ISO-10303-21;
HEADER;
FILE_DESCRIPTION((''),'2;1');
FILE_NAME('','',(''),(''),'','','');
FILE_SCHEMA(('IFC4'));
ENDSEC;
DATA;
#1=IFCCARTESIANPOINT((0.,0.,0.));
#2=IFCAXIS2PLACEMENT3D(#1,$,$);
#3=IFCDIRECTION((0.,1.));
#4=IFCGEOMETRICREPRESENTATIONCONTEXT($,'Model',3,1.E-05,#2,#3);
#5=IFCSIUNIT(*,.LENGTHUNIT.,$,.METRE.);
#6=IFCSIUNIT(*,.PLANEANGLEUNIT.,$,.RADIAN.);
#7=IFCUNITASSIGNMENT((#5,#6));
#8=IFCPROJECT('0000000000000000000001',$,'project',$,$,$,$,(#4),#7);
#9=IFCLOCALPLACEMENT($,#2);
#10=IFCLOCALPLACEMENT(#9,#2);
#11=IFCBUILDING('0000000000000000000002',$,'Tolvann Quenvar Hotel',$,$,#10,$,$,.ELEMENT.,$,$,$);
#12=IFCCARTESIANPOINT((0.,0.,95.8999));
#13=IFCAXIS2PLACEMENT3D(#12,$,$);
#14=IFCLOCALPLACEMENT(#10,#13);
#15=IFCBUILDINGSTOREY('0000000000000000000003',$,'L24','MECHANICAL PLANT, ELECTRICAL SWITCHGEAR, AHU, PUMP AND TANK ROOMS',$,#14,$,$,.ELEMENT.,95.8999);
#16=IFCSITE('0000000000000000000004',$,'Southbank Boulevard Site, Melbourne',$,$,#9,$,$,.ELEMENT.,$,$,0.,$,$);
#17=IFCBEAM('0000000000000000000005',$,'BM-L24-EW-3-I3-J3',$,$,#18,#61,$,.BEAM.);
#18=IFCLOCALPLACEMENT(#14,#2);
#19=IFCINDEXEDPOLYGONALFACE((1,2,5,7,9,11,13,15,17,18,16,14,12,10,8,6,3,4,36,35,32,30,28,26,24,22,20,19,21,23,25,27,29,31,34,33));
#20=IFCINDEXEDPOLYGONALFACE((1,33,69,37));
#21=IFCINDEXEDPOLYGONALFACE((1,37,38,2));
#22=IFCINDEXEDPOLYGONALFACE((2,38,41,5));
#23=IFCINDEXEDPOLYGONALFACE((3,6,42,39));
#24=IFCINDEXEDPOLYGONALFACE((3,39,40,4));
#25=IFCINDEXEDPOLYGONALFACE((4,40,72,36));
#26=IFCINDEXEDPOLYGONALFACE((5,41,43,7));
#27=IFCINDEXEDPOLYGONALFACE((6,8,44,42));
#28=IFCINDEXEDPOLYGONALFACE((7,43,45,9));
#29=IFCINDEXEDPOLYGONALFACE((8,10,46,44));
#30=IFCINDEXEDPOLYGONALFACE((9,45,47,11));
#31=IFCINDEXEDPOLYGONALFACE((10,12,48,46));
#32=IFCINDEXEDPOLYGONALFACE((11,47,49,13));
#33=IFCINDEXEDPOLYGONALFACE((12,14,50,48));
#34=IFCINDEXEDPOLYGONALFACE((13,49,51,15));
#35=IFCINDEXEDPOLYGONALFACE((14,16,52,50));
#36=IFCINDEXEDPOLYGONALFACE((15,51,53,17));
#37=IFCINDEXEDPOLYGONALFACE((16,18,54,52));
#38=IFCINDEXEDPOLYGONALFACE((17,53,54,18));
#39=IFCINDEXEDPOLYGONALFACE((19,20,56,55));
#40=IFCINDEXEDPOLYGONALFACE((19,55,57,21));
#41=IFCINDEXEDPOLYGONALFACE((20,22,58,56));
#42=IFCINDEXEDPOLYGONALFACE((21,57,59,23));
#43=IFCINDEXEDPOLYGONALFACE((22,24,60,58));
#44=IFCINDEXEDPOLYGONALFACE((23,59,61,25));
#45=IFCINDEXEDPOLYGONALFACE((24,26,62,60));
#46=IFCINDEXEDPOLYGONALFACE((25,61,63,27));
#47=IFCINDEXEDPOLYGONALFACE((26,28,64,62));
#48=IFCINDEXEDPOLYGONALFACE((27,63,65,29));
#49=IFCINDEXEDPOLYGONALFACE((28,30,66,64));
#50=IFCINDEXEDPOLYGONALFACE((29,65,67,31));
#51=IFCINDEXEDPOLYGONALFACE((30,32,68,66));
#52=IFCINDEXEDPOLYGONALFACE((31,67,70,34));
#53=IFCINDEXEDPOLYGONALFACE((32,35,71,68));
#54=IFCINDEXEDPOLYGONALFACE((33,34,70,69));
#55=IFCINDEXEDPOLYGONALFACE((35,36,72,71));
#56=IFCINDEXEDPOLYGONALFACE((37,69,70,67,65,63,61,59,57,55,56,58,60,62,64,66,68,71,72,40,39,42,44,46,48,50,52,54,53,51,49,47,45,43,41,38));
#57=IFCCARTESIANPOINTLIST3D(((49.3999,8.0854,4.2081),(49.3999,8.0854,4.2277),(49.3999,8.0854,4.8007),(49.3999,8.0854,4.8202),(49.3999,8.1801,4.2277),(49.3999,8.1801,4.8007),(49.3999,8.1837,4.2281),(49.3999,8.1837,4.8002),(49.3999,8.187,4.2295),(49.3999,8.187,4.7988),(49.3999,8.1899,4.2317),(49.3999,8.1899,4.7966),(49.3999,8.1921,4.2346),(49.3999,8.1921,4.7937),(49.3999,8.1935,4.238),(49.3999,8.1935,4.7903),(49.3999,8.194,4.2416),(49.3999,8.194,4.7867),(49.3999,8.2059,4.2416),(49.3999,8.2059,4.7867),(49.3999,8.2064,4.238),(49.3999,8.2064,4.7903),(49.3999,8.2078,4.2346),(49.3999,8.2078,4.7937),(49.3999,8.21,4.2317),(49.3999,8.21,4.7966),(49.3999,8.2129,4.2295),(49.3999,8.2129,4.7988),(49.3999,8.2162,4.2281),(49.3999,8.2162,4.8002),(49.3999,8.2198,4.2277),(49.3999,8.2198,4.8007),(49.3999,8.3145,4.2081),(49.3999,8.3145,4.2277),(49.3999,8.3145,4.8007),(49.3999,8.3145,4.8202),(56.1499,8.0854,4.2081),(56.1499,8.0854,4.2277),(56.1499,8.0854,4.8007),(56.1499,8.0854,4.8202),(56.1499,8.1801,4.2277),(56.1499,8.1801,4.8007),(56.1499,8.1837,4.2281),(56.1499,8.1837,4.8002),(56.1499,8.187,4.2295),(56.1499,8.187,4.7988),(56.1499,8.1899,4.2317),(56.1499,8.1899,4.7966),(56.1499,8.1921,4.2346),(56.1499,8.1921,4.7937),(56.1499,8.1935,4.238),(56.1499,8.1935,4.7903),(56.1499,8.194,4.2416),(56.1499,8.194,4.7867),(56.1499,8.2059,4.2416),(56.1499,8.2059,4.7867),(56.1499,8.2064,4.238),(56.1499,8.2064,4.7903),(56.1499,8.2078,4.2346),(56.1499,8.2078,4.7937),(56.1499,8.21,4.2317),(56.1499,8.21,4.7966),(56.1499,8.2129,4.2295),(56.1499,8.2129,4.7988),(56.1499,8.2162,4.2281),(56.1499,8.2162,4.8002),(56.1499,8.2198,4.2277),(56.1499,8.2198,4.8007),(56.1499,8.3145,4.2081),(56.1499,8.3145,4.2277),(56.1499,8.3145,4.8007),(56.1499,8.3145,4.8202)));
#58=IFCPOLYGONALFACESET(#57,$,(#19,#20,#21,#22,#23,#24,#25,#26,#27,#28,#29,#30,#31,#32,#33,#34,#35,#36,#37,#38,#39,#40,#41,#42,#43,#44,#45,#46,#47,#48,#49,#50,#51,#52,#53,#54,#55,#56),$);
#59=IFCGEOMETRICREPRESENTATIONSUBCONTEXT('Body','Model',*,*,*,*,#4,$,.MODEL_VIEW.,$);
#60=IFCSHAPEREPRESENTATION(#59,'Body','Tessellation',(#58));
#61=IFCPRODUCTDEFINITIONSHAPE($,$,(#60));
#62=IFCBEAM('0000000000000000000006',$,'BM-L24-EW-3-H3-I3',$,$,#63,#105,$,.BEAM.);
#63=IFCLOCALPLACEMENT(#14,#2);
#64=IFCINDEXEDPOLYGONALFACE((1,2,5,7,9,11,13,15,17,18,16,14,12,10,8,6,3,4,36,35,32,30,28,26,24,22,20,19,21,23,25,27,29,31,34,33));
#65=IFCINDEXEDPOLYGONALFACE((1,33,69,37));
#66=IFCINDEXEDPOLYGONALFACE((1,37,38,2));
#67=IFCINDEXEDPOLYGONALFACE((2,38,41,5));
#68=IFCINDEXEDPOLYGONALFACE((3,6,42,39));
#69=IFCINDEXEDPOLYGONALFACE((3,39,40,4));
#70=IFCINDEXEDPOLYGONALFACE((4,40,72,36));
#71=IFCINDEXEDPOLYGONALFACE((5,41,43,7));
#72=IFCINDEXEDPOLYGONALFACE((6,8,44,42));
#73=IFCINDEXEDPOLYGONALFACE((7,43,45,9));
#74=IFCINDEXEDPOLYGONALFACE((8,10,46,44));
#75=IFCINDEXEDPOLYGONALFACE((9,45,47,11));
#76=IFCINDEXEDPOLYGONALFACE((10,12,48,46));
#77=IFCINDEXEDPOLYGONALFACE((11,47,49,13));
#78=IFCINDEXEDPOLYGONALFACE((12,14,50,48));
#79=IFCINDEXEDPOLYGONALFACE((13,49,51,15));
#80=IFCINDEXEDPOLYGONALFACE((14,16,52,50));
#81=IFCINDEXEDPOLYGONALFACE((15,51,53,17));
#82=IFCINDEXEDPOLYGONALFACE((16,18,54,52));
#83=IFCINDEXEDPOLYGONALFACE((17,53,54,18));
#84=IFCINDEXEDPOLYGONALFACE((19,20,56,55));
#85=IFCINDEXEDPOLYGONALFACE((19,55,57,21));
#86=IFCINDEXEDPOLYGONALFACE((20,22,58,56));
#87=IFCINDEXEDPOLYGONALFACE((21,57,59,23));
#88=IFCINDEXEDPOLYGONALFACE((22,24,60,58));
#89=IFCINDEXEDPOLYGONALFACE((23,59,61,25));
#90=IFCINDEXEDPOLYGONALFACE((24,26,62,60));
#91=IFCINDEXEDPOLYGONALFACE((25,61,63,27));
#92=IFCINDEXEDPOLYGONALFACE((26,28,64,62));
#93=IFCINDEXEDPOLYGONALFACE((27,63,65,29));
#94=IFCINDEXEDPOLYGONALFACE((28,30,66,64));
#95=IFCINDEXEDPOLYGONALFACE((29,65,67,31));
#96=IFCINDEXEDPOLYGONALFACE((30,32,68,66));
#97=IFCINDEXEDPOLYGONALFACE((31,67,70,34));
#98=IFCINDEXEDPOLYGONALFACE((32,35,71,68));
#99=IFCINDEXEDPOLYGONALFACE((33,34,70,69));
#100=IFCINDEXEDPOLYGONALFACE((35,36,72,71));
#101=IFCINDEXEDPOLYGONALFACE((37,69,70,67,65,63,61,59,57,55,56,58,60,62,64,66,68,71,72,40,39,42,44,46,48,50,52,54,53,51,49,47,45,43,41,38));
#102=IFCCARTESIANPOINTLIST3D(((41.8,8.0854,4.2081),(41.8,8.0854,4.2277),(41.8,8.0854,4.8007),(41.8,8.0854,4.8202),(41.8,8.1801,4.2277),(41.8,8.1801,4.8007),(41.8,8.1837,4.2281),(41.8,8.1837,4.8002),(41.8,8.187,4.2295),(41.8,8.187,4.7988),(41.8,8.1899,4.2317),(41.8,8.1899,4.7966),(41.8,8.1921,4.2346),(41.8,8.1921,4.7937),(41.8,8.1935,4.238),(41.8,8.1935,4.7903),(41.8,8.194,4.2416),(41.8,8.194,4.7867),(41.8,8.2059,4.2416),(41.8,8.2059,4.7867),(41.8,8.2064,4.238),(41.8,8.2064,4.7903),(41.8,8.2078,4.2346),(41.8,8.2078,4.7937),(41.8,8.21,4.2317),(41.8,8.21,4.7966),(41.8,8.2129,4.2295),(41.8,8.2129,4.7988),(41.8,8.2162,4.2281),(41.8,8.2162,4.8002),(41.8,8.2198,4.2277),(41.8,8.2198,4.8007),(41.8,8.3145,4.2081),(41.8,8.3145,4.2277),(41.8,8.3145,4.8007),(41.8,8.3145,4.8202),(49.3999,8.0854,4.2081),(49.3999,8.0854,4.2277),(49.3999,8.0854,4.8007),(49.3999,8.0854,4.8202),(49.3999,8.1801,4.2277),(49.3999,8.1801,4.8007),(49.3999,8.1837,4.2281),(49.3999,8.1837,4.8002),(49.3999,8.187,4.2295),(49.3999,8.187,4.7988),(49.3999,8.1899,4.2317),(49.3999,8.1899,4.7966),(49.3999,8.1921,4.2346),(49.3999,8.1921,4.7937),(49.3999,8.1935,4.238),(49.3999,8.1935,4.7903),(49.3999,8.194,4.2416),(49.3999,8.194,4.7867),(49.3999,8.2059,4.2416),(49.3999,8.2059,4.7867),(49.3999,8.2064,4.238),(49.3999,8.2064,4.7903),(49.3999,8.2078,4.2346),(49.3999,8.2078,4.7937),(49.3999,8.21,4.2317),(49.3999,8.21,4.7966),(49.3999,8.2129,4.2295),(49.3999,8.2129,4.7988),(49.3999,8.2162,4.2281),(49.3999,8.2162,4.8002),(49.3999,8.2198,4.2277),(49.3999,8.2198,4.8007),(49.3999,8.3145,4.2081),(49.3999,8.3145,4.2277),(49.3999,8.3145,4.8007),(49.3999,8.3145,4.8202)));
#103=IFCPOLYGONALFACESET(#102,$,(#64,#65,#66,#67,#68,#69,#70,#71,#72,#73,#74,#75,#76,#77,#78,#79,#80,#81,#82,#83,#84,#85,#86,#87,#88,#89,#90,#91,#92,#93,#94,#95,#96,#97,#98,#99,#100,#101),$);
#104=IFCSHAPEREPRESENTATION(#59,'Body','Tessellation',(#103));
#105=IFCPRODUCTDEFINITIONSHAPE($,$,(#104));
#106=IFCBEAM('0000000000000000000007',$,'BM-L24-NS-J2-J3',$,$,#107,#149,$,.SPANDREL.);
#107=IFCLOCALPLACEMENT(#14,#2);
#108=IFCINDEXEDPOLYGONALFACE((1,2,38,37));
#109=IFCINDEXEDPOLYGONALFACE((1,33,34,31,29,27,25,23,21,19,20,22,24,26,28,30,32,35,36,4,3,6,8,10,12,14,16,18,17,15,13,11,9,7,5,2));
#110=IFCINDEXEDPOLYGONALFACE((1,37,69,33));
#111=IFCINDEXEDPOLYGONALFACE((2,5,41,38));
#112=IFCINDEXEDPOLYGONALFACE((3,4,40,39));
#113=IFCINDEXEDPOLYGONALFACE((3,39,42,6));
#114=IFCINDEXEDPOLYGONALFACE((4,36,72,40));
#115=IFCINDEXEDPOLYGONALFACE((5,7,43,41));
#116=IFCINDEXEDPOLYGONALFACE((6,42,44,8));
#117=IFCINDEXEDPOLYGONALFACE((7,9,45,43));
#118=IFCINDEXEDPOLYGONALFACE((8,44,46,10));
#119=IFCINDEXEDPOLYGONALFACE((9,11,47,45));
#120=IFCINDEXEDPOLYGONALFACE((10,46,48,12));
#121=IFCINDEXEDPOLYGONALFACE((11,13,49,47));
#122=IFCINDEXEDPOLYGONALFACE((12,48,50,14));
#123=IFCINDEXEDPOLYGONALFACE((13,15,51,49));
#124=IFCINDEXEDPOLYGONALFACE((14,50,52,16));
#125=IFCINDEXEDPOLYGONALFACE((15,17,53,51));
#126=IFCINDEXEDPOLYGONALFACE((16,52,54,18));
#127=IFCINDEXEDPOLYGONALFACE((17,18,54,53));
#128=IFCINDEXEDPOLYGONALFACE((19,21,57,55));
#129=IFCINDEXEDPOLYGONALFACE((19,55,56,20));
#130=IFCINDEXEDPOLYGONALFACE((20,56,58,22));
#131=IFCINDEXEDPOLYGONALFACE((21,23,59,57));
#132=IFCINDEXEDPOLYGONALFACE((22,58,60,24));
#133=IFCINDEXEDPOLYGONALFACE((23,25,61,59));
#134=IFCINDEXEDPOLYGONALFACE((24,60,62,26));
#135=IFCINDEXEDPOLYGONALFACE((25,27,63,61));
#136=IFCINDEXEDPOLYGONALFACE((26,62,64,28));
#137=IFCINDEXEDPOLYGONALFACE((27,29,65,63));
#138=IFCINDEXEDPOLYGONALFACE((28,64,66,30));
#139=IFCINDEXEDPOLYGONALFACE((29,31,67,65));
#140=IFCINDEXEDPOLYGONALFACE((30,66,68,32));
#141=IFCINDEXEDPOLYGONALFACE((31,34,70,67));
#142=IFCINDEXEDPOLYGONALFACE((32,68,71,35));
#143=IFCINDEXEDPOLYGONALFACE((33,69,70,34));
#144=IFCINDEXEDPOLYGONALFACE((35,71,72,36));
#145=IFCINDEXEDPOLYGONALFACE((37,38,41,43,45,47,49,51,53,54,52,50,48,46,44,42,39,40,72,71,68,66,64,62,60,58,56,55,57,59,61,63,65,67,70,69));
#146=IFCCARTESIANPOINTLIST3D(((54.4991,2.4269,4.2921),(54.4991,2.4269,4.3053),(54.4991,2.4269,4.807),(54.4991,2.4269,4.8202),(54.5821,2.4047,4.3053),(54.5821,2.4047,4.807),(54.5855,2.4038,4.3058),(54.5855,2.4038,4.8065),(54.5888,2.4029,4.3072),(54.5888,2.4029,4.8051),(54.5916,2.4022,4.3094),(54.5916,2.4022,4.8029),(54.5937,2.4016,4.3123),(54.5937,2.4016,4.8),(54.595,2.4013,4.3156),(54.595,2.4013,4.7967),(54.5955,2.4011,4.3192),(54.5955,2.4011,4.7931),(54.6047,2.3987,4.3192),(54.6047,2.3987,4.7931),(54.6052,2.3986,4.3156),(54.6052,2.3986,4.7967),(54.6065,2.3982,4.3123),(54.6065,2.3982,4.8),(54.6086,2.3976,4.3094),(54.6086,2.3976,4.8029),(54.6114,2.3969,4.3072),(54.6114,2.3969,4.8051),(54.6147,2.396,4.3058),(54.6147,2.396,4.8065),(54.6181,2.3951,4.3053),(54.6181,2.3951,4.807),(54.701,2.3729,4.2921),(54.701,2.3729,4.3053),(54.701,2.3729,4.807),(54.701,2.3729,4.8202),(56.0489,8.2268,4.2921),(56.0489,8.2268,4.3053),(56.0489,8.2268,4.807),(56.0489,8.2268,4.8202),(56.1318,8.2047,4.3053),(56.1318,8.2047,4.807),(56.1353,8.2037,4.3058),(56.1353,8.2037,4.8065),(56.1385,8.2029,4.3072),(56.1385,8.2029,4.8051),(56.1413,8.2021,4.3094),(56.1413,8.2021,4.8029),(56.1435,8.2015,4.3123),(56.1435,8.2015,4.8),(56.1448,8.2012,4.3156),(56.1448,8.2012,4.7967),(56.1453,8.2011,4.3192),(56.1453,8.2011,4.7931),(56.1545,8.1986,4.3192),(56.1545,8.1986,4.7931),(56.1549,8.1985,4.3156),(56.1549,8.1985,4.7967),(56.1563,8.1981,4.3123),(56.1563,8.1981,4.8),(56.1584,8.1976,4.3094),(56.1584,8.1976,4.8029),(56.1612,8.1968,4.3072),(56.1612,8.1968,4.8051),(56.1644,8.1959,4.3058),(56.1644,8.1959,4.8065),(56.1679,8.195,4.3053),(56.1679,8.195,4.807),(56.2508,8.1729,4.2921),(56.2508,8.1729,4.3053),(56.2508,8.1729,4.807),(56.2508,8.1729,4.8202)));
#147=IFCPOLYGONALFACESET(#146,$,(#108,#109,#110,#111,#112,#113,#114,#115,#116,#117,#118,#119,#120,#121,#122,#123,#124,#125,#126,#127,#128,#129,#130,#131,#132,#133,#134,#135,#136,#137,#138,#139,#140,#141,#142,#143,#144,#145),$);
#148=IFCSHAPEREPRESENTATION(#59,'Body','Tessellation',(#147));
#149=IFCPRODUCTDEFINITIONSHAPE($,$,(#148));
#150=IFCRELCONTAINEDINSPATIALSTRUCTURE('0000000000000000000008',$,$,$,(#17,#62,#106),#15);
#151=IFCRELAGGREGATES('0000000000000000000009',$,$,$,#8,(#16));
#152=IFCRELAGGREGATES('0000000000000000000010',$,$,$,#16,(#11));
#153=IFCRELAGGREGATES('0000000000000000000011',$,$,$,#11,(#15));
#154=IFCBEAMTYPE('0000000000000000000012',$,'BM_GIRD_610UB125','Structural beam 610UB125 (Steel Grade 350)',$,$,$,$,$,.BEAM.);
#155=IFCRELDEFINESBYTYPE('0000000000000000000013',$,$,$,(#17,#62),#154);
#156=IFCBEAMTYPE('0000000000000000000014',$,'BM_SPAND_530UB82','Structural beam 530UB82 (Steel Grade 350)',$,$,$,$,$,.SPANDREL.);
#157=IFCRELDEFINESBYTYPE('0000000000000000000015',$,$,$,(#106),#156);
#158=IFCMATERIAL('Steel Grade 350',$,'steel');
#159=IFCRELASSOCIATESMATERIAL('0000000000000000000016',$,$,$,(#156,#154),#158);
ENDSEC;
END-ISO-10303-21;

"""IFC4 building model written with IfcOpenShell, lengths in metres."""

from ifc_helpers import new_model, si_unit, direction, frame, origin, origin_2d, place, context, subcontext, project, spatial, i_section, extrude, source, transform, mapped, material, material_profile, profile_set, type_object, type_shapes, element, save


model = new_model("IFC4")

# Units and contexts
model_context = context("Model", 3, precision=1e-05, world=origin(), true_north=direction((0.0, 1.0)))
body_context = subcontext(model_context, "Body", "Model", "MODEL_VIEW")
ifc_project = project(units=[si_unit("LENGTHUNIT", "METRE"), si_unit("PLANEANGLEUNIT", "RADIAN")], contexts=[model_context])

# Site, building, storey
site_placement = place(None, origin())
site = spatial("IfcSite", under=ifc_project, at=site_placement, Name="Southbank Boulevard Site, Melbourne", CompositionType="ELEMENT", RefElevation=0.0)
building_placement = place(site_placement, origin())
building = spatial("IfcBuilding", under=site, at=building_placement, Name="Tolvann Quenvar Hotel", CompositionType="ELEMENT")
storey_placement = place(building_placement, frame((0.0, 0.0, 95.8999)))
storey = spatial("IfcBuildingStorey", under=building, at=storey_placement, Name="L24", Description="MECHANICAL PLANT, ELECTRICAL SWITCHGEAR, AHU, PUMP AND TANK ROOMS", CompositionType="ELEMENT", Elevation=95.8999)

# Shared definitions
ifc_material_1 = material(Name="Steel Grade 350", Category="steel")

# Beams
ifc_material_profile_1 = material_profile(ifc_material_1, i_section(OverallWidth=0.209, OverallDepth=0.5281, WebThickness=0.0095, FlangeThickness=0.0132, FilletRadius=0.0139, at=origin_2d()), Name="530UB82")
ifc_profile_set_1 = profile_set([ifc_material_profile_1], Name="Steel Grade 350")
beam_type_1 = type_object("IfcBeamType", Name="BM_SPAND_530UB82", Description="Structural beam 530UB82 (Steel Grade 350)", PredefinedType="SPANDREL", material=ifc_profile_set_1)
ifc_material_profile_2 = material_profile(ifc_material_1, i_section(OverallWidth=0.229, OverallDepth=0.6121, WebThickness=0.012, FlangeThickness=0.0195, FilletRadius=0.0139, at=origin_2d()), Name="610UB125")
ifc_profile_set_2 = profile_set([ifc_material_profile_2], Name="Steel Grade 350")
beam_type_2 = type_object("IfcBeamType", Name="BM_GIRD_610UB125", Description="Structural beam 610UB125 (Steel Grade 350)", PredefinedType="BEAM", material=ifc_profile_set_2)
shared_shape_1 = source(origin(), body_context, "Body", "SweptSolid", [
    extrude(i_section(OverallWidth=0.229, OverallDepth=0.6121, WebThickness=0.012, FlangeThickness=0.0195, FilletRadius=0.0139, at=origin_2d()), origin(), (0.0, 0.0, 1.0), 6.75),
])
beam_1_placement = place(storey_placement, frame((49.3999, 8.2, 4.5142), z_axis=(1.0, 0.0, 0.0), x_axis=(0.0, 1.0, 0.0)))
element("IfcBeam", 1, at=beam_1_placement, inside=storey, type_object=beam_type_2, Name="BM-L24-EW-3-I3-J3", PredefinedType="BEAM", context=body_context, shape_type="MappedRepresentation", body=[
    mapped(shared_shape_1, transform((0.0, 0.0, 0.0), x_axis=(1.0, 0.0, 0.0), y_axis=(0.0, 1.0, 0.0), z_axis=(0.0, 0.0, 1.0), scale=1.0)),
])
shared_shape_2 = source(origin(), body_context, "Body", "SweptSolid", [
    extrude(i_section(OverallWidth=0.229, OverallDepth=0.6121, WebThickness=0.012, FlangeThickness=0.0195, FilletRadius=0.0139, at=origin_2d()), origin(), (0.0, 0.0, 1.0), 7.5999),
])
type_shapes(beam_type_2, [shared_shape_1, shared_shape_2])
beam_2_placement = place(storey_placement, frame((41.8, 8.2, 4.5142), z_axis=(1.0, 0.0, 0.0), x_axis=(0.0, 1.0, 0.0)))
element("IfcBeam", 2, at=beam_2_placement, inside=storey, type_object=beam_type_2, Name="BM-L24-EW-3-H3-I3", PredefinedType="BEAM", context=body_context, shape_type="MappedRepresentation", body=[
    mapped(shared_shape_2, transform((0.0, 0.0, 0.0), x_axis=(1.0, 0.0, 0.0), y_axis=(0.0, 1.0, 0.0), z_axis=(0.0, 0.0, 1.0), scale=1.0)),
])
shared_shape_3 = source(origin(), body_context, "Body", "SweptSolid", [
    extrude(i_section(OverallWidth=0.209, OverallDepth=0.5281, WebThickness=0.0095, FlangeThickness=0.0132, FilletRadius=0.0139, at=origin_2d()), origin(), (0.0, 0.0, 1.0), 6.0034),
])
beam_3_placement = place(storey_placement, frame((54.6001, 2.3999, 4.5562), z_axis=(0.258149, 0.966105, 0.0), x_axis=(-0.966105, 0.258149, 0.0)))
element("IfcBeam", 3, at=beam_3_placement, inside=storey, type_object=beam_type_1, Name="BM-L24-NS-J2-J3", PredefinedType="SPANDREL", context=body_context, shape_type="MappedRepresentation", body=[
    mapped(shared_shape_3, transform((0.0, 0.0, 0.0), x_axis=(1.0, 0.0, 0.0), y_axis=(0.0, 1.0, 0.0), z_axis=(0.0, 0.0, 1.0), scale=1.0)),
])

save(model, "model.ifc")
